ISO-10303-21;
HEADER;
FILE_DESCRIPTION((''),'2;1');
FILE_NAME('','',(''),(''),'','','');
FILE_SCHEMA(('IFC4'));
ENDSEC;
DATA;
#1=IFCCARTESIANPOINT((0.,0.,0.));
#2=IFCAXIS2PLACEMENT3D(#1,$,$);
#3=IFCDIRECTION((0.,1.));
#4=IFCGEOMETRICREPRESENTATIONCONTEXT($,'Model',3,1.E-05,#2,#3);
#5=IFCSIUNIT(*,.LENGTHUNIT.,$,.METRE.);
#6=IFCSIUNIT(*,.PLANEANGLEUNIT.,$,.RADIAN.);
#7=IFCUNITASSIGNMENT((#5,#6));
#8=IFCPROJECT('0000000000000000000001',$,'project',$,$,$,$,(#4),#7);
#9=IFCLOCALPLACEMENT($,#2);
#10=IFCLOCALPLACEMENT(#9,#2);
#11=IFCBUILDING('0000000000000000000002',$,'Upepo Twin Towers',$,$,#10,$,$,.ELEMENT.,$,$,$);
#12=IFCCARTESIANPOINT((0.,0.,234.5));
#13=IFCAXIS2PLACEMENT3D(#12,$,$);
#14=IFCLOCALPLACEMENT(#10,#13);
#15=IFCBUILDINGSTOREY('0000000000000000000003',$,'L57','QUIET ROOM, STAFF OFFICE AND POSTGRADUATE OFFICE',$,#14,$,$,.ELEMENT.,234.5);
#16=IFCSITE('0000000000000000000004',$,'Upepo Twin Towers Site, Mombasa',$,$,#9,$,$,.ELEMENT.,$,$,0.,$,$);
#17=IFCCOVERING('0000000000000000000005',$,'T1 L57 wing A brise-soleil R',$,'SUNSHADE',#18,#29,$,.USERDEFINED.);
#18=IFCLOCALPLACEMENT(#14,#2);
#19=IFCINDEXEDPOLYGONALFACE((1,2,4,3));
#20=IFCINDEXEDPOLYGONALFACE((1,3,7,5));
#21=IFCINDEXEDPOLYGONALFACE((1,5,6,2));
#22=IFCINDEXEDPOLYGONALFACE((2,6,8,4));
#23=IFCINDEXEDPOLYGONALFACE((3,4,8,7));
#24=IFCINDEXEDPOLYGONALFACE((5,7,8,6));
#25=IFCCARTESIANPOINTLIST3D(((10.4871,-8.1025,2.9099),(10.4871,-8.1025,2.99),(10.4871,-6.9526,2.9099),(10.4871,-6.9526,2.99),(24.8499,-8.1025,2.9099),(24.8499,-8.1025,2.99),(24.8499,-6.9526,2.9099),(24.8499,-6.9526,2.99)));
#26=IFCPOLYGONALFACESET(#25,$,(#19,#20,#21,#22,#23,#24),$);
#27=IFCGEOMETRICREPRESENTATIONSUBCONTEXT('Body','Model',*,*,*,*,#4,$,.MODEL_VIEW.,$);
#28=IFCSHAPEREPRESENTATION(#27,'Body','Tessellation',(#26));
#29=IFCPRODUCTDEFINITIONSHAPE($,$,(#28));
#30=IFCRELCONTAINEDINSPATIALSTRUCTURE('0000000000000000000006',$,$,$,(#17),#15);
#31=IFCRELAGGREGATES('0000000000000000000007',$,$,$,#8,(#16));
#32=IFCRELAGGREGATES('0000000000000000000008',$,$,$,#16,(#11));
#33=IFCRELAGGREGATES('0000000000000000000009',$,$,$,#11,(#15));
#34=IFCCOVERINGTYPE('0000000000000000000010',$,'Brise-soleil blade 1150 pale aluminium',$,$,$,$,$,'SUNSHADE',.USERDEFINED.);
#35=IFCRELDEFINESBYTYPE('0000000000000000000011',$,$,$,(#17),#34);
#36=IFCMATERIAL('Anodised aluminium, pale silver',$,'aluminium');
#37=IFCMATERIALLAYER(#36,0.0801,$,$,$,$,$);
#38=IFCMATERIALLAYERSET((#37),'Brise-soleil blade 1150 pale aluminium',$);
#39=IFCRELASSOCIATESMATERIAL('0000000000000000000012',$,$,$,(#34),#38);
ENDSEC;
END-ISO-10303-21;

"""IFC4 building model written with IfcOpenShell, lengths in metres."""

from ifc_helpers import new_model, si_unit, direction, frame, origin, origin_2d, place, context, subcontext, project, spatial, rectangle, extrude, material, layer, layer_set, type_object, element, save


model = new_model("IFC4")

# Units and contexts
model_context = context("Model", 3, precision=1e-05, world=origin(), true_north=direction((0.0, 1.0)))
body_context = subcontext(model_context, "Body", "Model", "MODEL_VIEW")
ifc_project = project(units=[si_unit("LENGTHUNIT", "METRE"), si_unit("PLANEANGLEUNIT", "RADIAN")], contexts=[model_context])

# Site, building, storey
site_placement = place(None, origin())
site = spatial("IfcSite", under=ifc_project, at=site_placement, Name="Upepo Twin Towers Site, Mombasa", CompositionType="ELEMENT", RefElevation=0.0)
building_placement = place(site_placement, origin())
building = spatial("IfcBuilding", under=site, at=building_placement, Name="Upepo Twin Towers", CompositionType="ELEMENT")
storey_placement = place(building_placement, frame((0.0, 0.0, 234.5)))
storey = spatial("IfcBuildingStorey", under=building, at=storey_placement, Name="L57", Description="QUIET ROOM, STAFF OFFICE AND POSTGRADUATE OFFICE", CompositionType="ELEMENT", Elevation=234.5)

# Covering
ifc_material_1 = material(Name="Anodised aluminium, pale silver", Category="aluminium")
ifc_layer_1 = layer(ifc_material_1, 0.0801)
ifc_layer_set_1 = layer_set([ifc_layer_1], Name="Brise-soleil blade 1150 pale aluminium")
covering_type = type_object("IfcCoveringType", Name="Brise-soleil blade 1150 pale aluminium", ElementType="SUNSHADE", PredefinedType="USERDEFINED", material=ifc_layer_set_1)
covering_placement = place(storey_placement, frame((17.6685, -7.5276, 2.9099), z_axis=(0.0, 0.0, 1.0), x_axis=(1.0, 0.0, 0.0)))
element("IfcCovering", 1, at=covering_placement, inside=storey, type_object=covering_type, Name="T1 L57 wing A brise-soleil R", ObjectType="SUNSHADE", PredefinedType="USERDEFINED", context=body_context, shape_type="SweptSolid", body=[
    extrude(rectangle(XDim=14.3628, YDim=1.1499, at=origin_2d()), origin(), (0.0, 0.0, 1.0), 0.0801),
])

save(model, "model.ifc")
